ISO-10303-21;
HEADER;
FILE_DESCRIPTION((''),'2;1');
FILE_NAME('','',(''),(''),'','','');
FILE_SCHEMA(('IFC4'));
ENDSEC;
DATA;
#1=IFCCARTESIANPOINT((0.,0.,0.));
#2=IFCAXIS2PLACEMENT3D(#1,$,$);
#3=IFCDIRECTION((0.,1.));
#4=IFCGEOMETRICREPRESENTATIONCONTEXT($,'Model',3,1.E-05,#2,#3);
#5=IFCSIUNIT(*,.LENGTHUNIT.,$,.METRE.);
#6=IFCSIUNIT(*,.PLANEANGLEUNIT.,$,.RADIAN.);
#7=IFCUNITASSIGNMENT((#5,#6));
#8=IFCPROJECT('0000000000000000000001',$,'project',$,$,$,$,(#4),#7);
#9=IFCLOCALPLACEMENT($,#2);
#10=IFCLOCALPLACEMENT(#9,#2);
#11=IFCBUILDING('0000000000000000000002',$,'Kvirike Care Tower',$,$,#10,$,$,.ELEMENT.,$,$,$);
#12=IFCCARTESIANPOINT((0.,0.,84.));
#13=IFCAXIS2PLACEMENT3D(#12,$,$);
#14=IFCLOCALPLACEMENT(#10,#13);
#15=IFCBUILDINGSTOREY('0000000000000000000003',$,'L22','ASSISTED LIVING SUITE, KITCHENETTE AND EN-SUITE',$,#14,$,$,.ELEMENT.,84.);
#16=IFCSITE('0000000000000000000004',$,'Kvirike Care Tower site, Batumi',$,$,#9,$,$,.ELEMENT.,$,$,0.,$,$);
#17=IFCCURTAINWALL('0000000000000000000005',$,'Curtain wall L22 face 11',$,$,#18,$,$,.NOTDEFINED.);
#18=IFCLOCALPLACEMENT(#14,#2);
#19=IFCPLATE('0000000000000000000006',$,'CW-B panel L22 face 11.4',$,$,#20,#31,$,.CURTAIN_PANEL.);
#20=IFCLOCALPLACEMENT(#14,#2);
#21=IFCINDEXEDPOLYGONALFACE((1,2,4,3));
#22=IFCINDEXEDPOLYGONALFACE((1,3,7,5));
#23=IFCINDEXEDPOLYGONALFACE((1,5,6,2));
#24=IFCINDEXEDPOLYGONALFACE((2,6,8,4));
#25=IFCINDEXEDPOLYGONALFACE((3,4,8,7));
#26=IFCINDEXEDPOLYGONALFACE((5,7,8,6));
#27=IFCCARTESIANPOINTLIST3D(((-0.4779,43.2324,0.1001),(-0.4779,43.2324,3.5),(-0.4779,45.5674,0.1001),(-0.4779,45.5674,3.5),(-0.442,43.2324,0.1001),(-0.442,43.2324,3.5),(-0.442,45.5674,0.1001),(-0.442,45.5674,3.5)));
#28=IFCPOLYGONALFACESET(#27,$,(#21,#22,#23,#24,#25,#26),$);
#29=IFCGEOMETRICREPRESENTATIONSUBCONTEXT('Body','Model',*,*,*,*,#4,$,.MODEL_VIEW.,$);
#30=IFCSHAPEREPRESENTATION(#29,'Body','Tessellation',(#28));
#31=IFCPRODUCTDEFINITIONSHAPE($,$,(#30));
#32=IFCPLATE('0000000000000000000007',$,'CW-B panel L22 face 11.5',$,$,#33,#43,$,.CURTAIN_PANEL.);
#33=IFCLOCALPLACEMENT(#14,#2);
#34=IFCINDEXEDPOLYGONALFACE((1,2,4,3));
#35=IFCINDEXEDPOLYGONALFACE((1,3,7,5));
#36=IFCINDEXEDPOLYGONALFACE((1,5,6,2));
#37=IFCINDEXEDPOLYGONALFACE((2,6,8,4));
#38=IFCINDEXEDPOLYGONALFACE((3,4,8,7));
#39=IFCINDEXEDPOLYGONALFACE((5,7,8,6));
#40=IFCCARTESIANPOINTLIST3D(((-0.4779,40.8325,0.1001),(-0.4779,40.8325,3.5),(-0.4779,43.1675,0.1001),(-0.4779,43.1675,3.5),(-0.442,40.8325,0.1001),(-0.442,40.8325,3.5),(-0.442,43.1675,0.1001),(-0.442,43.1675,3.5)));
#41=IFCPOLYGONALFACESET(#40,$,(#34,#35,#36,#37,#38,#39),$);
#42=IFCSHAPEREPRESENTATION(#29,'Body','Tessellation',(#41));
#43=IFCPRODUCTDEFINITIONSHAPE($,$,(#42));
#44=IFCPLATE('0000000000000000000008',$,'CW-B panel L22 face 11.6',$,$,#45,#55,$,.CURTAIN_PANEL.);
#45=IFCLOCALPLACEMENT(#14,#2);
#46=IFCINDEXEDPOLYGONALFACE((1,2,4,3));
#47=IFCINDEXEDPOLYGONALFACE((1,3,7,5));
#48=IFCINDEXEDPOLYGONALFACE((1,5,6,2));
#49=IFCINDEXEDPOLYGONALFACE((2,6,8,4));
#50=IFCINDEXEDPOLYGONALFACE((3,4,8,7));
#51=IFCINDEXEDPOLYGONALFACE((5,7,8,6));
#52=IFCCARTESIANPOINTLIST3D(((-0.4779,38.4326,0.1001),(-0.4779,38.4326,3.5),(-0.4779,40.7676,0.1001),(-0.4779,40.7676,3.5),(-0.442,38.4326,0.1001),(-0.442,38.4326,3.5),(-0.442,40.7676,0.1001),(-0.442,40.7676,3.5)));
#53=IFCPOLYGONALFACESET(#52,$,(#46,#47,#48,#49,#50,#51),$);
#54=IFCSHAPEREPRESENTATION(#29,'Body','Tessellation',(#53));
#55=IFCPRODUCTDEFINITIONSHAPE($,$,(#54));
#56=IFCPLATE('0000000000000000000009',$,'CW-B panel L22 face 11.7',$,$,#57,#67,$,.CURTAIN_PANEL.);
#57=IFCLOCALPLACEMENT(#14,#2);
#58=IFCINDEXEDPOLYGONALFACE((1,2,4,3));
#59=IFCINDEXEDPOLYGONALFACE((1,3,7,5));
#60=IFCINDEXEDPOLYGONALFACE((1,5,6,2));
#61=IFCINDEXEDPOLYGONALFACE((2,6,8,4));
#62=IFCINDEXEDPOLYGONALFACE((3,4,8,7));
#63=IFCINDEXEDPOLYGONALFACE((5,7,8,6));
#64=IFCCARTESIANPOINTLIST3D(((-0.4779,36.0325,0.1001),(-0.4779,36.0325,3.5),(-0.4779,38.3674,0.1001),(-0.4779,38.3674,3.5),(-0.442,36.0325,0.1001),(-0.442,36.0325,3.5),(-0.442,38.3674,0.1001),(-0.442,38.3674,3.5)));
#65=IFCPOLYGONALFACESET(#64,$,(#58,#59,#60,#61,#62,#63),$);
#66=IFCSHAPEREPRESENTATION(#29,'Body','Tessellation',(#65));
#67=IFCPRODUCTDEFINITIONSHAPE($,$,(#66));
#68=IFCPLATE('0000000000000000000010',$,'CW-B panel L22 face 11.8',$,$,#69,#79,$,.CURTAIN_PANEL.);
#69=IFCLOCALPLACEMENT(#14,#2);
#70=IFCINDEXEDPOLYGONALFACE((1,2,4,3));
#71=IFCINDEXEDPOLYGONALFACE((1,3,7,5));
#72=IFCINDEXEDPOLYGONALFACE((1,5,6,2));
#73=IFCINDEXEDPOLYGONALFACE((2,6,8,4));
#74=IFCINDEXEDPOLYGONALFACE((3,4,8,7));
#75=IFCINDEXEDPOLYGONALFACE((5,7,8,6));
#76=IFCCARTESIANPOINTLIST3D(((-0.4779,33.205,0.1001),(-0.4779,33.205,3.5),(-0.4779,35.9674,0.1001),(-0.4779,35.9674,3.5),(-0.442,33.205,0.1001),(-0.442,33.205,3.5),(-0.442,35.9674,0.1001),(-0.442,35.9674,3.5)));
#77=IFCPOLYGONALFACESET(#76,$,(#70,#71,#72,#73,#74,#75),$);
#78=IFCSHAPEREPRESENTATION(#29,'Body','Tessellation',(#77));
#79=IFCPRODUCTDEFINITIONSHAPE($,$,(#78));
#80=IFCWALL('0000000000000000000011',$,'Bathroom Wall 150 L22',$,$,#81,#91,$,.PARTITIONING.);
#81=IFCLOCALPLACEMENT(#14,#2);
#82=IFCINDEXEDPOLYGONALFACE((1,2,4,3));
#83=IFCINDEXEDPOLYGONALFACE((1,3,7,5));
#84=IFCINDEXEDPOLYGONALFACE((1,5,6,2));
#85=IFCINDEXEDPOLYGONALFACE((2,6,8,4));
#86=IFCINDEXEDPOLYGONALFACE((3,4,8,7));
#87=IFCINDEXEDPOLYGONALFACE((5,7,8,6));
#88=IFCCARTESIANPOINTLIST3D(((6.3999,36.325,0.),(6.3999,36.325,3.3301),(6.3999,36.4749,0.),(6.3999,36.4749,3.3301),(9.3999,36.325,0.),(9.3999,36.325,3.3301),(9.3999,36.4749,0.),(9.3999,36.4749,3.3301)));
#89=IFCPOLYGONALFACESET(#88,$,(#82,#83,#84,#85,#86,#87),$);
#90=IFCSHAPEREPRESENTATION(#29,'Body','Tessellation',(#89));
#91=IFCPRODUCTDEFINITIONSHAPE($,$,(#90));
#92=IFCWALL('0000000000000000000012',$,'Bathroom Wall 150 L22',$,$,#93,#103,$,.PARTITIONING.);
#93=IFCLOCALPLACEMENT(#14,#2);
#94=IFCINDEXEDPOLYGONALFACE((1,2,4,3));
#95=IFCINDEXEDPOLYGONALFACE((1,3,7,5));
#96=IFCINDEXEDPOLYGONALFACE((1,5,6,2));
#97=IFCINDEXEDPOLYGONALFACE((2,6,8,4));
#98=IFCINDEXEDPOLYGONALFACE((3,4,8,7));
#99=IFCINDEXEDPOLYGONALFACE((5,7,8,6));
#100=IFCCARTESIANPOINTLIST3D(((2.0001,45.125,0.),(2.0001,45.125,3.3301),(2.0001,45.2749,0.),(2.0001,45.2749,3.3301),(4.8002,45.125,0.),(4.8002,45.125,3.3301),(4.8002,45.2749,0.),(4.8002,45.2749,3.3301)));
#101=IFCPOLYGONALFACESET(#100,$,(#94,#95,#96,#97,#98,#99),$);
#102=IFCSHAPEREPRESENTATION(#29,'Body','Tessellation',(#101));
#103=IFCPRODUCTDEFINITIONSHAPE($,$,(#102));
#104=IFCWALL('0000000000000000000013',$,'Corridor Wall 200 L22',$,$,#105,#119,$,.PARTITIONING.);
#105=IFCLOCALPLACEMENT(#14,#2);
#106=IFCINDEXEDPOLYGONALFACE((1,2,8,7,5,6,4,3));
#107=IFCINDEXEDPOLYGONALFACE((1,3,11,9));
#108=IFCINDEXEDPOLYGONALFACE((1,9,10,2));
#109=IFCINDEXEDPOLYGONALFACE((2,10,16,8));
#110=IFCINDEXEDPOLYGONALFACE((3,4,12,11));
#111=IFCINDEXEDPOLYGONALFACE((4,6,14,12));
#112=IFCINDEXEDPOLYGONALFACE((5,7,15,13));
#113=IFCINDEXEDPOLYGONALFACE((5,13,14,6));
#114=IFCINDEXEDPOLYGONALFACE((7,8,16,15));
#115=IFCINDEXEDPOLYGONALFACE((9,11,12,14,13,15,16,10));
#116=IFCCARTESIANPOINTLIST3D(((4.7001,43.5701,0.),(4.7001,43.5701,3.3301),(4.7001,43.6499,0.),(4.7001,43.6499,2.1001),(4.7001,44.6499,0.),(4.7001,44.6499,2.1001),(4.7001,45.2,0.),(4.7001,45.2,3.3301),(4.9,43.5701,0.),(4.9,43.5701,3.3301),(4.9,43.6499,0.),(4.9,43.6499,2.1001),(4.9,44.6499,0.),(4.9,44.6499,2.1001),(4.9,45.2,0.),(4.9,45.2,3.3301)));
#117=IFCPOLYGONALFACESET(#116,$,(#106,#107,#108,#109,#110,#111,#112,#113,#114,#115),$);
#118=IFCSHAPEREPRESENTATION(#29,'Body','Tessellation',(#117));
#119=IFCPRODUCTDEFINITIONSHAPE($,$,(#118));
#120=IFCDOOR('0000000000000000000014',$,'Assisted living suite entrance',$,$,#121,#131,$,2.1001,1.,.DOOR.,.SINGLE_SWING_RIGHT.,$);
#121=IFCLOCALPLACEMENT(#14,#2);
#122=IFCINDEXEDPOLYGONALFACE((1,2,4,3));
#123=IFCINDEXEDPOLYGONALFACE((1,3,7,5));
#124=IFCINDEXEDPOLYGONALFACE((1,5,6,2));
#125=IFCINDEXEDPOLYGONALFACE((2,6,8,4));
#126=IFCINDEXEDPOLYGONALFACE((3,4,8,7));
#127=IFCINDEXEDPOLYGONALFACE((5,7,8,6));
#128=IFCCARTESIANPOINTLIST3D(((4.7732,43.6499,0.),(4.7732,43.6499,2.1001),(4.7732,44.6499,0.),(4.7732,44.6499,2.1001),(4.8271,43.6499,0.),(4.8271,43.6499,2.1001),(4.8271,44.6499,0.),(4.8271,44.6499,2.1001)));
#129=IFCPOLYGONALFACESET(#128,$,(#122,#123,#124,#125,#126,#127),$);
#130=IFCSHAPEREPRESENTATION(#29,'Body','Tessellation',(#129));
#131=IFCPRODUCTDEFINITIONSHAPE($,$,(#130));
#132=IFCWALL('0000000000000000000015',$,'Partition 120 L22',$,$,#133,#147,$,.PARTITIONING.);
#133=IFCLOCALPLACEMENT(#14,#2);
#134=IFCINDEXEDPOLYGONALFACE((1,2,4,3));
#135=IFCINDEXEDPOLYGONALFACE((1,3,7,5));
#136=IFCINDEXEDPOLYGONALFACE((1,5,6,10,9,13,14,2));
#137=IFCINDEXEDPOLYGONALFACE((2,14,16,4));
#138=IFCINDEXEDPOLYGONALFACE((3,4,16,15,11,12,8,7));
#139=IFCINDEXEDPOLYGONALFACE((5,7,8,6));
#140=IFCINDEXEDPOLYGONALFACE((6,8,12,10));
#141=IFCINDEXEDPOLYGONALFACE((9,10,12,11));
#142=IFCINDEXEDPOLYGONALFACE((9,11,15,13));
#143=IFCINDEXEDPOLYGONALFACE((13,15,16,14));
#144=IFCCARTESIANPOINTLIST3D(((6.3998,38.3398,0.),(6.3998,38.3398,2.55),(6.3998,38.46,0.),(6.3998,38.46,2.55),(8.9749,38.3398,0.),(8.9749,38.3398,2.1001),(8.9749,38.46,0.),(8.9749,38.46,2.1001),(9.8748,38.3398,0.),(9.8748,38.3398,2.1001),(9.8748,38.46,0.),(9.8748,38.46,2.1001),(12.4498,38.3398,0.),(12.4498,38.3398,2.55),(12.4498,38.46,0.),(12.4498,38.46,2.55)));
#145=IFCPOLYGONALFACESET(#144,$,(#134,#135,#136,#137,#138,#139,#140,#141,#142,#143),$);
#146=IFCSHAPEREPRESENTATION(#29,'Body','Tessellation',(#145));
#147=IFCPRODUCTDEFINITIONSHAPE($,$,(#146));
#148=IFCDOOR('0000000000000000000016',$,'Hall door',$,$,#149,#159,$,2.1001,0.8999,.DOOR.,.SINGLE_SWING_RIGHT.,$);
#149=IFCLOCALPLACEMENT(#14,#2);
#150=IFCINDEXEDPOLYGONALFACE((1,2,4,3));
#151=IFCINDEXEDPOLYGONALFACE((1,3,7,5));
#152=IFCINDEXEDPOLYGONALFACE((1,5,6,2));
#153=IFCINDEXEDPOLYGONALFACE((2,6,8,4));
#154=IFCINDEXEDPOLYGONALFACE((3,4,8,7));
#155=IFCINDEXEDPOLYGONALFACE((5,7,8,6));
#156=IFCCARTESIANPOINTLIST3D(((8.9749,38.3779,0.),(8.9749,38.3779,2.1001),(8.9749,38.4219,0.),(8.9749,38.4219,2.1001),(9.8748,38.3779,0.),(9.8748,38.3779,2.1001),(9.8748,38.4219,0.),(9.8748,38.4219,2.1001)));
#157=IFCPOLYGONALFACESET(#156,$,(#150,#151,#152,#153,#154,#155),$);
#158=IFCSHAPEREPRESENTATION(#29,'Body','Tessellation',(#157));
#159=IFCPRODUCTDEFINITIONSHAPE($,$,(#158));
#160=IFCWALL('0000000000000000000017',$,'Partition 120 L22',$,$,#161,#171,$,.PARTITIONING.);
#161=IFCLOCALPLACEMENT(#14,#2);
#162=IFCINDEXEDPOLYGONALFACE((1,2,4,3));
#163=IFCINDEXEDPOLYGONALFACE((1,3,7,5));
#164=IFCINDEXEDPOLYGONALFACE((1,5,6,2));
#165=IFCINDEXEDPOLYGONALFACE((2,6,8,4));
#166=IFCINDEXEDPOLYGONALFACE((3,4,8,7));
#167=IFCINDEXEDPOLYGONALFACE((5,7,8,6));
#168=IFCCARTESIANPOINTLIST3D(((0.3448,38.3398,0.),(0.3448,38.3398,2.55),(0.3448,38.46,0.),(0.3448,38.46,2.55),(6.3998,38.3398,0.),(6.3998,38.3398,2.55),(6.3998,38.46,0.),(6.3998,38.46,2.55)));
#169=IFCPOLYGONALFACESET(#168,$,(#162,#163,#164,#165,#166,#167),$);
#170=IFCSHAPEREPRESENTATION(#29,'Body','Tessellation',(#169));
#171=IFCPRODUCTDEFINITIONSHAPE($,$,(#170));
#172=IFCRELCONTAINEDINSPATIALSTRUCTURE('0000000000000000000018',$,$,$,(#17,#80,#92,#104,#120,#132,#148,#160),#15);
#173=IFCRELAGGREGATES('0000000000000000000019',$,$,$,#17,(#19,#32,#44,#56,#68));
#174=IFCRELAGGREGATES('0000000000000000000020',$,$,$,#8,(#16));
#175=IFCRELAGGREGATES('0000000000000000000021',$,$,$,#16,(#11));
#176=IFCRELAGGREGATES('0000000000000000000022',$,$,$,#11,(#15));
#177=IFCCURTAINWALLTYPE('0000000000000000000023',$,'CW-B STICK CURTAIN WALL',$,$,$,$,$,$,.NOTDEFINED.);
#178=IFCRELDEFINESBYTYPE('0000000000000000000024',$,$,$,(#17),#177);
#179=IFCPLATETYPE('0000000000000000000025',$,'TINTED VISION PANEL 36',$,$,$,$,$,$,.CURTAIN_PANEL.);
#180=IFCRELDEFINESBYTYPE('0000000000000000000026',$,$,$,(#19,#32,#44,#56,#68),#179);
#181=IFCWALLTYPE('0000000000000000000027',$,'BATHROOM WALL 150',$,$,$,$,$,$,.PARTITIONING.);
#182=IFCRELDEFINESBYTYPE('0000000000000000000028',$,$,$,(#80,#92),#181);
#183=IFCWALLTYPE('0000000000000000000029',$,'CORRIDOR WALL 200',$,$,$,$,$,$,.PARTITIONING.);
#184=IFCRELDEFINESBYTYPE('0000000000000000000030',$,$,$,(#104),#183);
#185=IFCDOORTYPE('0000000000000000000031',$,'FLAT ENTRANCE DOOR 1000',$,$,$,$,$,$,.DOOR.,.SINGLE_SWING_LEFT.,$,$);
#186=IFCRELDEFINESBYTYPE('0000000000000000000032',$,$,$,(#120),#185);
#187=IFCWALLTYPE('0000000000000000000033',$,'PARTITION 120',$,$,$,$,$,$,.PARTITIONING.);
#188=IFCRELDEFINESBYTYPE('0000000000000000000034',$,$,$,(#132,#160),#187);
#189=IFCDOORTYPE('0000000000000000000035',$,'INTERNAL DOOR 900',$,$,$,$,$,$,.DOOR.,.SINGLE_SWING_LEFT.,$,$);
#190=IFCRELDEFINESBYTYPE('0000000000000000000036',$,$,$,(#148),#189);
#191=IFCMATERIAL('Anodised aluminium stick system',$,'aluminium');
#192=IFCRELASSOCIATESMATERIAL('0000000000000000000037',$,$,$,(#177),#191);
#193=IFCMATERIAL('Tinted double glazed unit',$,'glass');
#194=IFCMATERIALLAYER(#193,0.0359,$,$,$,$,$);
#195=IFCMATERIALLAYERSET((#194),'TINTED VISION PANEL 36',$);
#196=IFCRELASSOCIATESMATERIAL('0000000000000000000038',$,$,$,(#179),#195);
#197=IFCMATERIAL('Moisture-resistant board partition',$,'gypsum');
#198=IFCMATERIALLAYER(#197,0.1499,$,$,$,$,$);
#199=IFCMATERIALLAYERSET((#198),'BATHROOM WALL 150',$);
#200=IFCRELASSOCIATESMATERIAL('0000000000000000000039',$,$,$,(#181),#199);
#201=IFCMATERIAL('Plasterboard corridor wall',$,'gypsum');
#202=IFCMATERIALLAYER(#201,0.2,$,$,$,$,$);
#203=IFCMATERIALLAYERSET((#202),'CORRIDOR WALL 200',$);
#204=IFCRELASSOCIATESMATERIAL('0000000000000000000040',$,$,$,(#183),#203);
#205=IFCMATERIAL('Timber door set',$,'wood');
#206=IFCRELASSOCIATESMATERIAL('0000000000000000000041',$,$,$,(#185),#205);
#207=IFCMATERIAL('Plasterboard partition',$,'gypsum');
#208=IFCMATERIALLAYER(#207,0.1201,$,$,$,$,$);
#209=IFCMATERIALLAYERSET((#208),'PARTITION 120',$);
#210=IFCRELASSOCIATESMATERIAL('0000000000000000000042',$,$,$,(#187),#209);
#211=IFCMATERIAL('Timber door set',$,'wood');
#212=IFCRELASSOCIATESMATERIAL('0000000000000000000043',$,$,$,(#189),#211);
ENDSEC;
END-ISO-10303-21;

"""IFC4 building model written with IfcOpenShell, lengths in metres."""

from ifc_helpers import new_model, si_unit, direction, frame, frame_2d, origin, origin_2d, place, context, subcontext, project, spatial, rectangle, extrude, material, layer, layer_set, type_object, element, fill, aggregate, save


model = new_model("IFC4")

# Units and contexts
model_context = context("Model", 3, precision=1e-05, world=origin(), true_north=direction((0.0, 1.0)))
body_context = subcontext(model_context, "Body", "Model", "MODEL_VIEW")
ifc_project = project(units=[si_unit("LENGTHUNIT", "METRE"), si_unit("PLANEANGLEUNIT", "RADIAN")], contexts=[model_context])

# Site, building, storey
site_placement = place(None, origin())
site = spatial("IfcSite", under=ifc_project, at=site_placement, Name="Kvirike Care Tower site, Batumi", CompositionType="ELEMENT", RefElevation=0.0)
building_placement = place(site_placement, origin())
building = spatial("IfcBuilding", under=site, at=building_placement, Name="Kvirike Care Tower", CompositionType="ELEMENT")
storey_placement = place(building_placement, frame((0.0, 0.0, 84.0)))
storey = spatial("IfcBuildingStorey", under=building, at=storey_placement, Name="L22", Description="ASSISTED LIVING SUITE, KITCHENETTE AND EN-SUITE", CompositionType="ELEMENT", Elevation=84.0)

# Curtain wall
ifc_material_1 = material(Name="Anodised aluminium stick system", Category="aluminium")
curtain_wall_type = type_object("IfcCurtainWallType", Name="CW-B STICK CURTAIN WALL", PredefinedType="NOTDEFINED", material=ifc_material_1)
curtain_wall_placement = place(storey_placement, origin())
curtain_wall = element("IfcCurtainWall", 1, at=curtain_wall_placement, inside=storey, type_object=curtain_wall_type, Name="Curtain wall L22 face 11", PredefinedType="NOTDEFINED")

# Plates
ifc_material_2 = material(Name="Tinted double glazed unit", Category="glass")
ifc_layer_1 = layer(ifc_material_2, 0.0359)
ifc_layer_set_1 = layer_set([ifc_layer_1], Name="TINTED VISION PANEL 36")
plate_type = type_object("IfcPlateType", Name="TINTED VISION PANEL 36", PredefinedType="CURTAIN_PANEL", material=ifc_layer_set_1)
plate_1_placement = place(storey_placement, frame((-0.46, 44.3999, 0.1001), z_axis=(0.0, 0.0, 1.0), x_axis=(0.0, -1.0, 0.0)))
plate_1 = element("IfcPlate", 2, at=plate_1_placement, type_object=plate_type, Name="CW-B panel L22 face 11.4", PredefinedType="CURTAIN_PANEL", context=body_context, shape_type="SweptSolid", body=[
    extrude(rectangle(XDim=2.335, YDim=0.0359, at=origin_2d()), origin(), (0.0, 0.0, 1.0), 3.3999),
])
plate_2_placement = place(storey_placement, frame((-0.46, 42.0, 0.1001), z_axis=(0.0, 0.0, 1.0), x_axis=(0.0, -1.0, 0.0)))
plate_2 = element("IfcPlate", 3, at=plate_2_placement, type_object=plate_type, Name="CW-B panel L22 face 11.5", PredefinedType="CURTAIN_PANEL", context=body_context, shape_type="SweptSolid", body=[
    extrude(rectangle(XDim=2.335, YDim=0.0359, at=origin_2d()), origin(), (0.0, 0.0, 1.0), 3.3999),
])
plate_3_placement = place(storey_placement, frame((-0.46, 39.6001, 0.1001), z_axis=(0.0, 0.0, 1.0), x_axis=(0.0, -1.0, 0.0)))
plate_3 = element("IfcPlate", 4, at=plate_3_placement, type_object=plate_type, Name="CW-B panel L22 face 11.6", PredefinedType="CURTAIN_PANEL", context=body_context, shape_type="SweptSolid", body=[
    extrude(rectangle(XDim=2.335, YDim=0.0359, at=origin_2d()), origin(), (0.0, 0.0, 1.0), 3.3999),
])
plate_4_placement = place(storey_placement, frame((-0.46, 37.2, 0.1001), z_axis=(0.0, 0.0, 1.0), x_axis=(0.0, -1.0, 0.0)))
plate_4 = element("IfcPlate", 5, at=plate_4_placement, type_object=plate_type, Name="CW-B panel L22 face 11.7", PredefinedType="CURTAIN_PANEL", context=body_context, shape_type="SweptSolid", body=[
    extrude(rectangle(XDim=2.335, YDim=0.0359, at=origin_2d()), origin(), (0.0, 0.0, 1.0), 3.3999),
])
plate_5_placement = place(storey_placement, frame((-0.46, 34.5862, 0.1001), z_axis=(0.0, 0.0, 1.0), x_axis=(0.0, -1.0, 0.0)))
plate_5 = element("IfcPlate", 6, at=plate_5_placement, type_object=plate_type, Name="CW-B panel L22 face 11.8", PredefinedType="CURTAIN_PANEL", context=body_context, shape_type="SweptSolid", body=[
    extrude(rectangle(XDim=2.7625, YDim=0.0359, at=origin_2d()), origin(), (0.0, 0.0, 1.0), 3.3999),
])
aggregate(curtain_wall, [plate_1, plate_2, plate_3, plate_4, plate_5])

# Walls
ifc_material_3 = material(Name="Moisture-resistant board partition", Category="gypsum")
ifc_layer_2 = layer(ifc_material_3, 0.1499)
ifc_layer_set_2 = layer_set([ifc_layer_2], Name="BATHROOM WALL 150")
wall_type_1 = type_object("IfcWallType", Name="BATHROOM WALL 150", PredefinedType="PARTITIONING", material=ifc_layer_set_2)
wall_1_placement = place(storey_placement, frame((6.3999, 36.3999, 0.0), z_axis=(0.0, 0.0, 1.0), x_axis=(1.0, 0.0, 0.0)))
element("IfcWall", 7, at=wall_1_placement, inside=storey, type_object=wall_type_1, Name="Bathroom Wall 150 L22", PredefinedType="PARTITIONING", context=body_context, shape_type="SweptSolid", body=[
    extrude(rectangle(XDim=3.0, YDim=0.1499, at=frame_2d((1.5, 0.0))), origin(), (0.0, 0.0, 1.0), 3.3301),
])
wall_2_placement = place(storey_placement, frame((4.8, 45.2, 0.0), z_axis=(0.0, 0.0, 1.0), x_axis=(-1.0, 0.0, 0.0)))
element("IfcWall", 8, at=wall_2_placement, inside=storey, type_object=wall_type_1, Name="Bathroom Wall 150 L22", PredefinedType="PARTITIONING", context=body_context, shape_type="SweptSolid", body=[
    extrude(rectangle(XDim=2.8, YDim=0.1499, at=frame_2d((1.3999, 0.0))), origin(), (0.0, 0.0, 1.0), 3.3301),
])

# Walls, openings, doors
ifc_material_4 = material(Name="Plasterboard corridor wall", Category="gypsum")
ifc_layer_3 = layer(ifc_material_4, 0.2)
ifc_layer_set_3 = layer_set([ifc_layer_3], Name="CORRIDOR WALL 200")
wall_type_2 = type_object("IfcWallType", Name="CORRIDOR WALL 200", PredefinedType="PARTITIONING", material=ifc_layer_set_3)
wall_3_placement = place(storey_placement, frame((4.8, 45.2, 0.0), z_axis=(0.0, 0.0, 1.0), x_axis=(0.0, -1.0, 0.0)))
wall_3 = element("IfcWall", 9, at=wall_3_placement, inside=storey, type_object=wall_type_2, Name="Corridor Wall 200 L22", PredefinedType="PARTITIONING", context=body_context, shape_type="SweptSolid", body=[
    extrude(rectangle(XDim=1.6299, YDim=0.2, at=frame_2d((0.8149, 0.0))), origin(), (0.0, 0.0, 1.0), 3.3301),
])
opening_1_placement = place(wall_3_placement, frame((0.55, 0.0, 0.0)))
opening_1 = element("IfcOpeningElement", 10, at=opening_1_placement, cuts=wall_3, PredefinedType="OPENING", context=body_context, shape_type="SweptSolid", body=[
    extrude(rectangle(XDim=1.0, YDim=2.1001, at=frame_2d((0.5, 1.05))), frame((0.0, 0.1106, 0.0), z_axis=(0.0, -1.0, 0.0), x_axis=(1.0, 0.0, 0.0)), (0.0, 0.0, 1.0), 0.2209),
])
ifc_material_5 = material(Name="Timber door set", Category="wood")
door_type_1 = type_object("IfcDoorType", Name="FLAT ENTRANCE DOOR 1000", OperationType="SINGLE_SWING_LEFT", PredefinedType="DOOR", material=ifc_material_5)
door_1_placement = place(opening_1_placement, frame((1.0, 0.0, 0.0), z_axis=(0.0, 0.0, 1.0), x_axis=(-1.0, 0.0, 0.0)))
door_1 = element("IfcDoor", 11, at=door_1_placement, inside=storey, type_object=door_type_1, Name="Assisted living suite entrance", OperationType="SINGLE_SWING_RIGHT", OverallHeight=2.1001, OverallWidth=1.0, PredefinedType="DOOR", context=body_context, shape_type="SweptSolid", body=[
    extrude(rectangle(XDim=1.0, YDim=2.1001, at=frame_2d((0.5, 1.05))), frame((0.0, 0.0269, 0.0), z_axis=(0.0, -1.0, 0.0), x_axis=(1.0, 0.0, 0.0)), (0.0, 0.0, 1.0), 0.054),
])
fill(opening_1, door_1)
ifc_material_6 = material(Name="Plasterboard partition", Category="gypsum")
ifc_layer_4 = layer(ifc_material_6, 0.1201)
ifc_layer_set_4 = layer_set([ifc_layer_4], Name="PARTITION 120")
wall_type_3 = type_object("IfcWallType", Name="PARTITION 120", PredefinedType="PARTITIONING", material=ifc_layer_set_4)
wall_4_placement = place(storey_placement, frame((6.3999, 38.3999, 0.0), z_axis=(0.0, 0.0, 1.0), x_axis=(1.0, 0.0, 0.0)))
wall_4 = element("IfcWall", 12, at=wall_4_placement, inside=storey, type_object=wall_type_3, Name="Partition 120 L22", PredefinedType="PARTITIONING", context=body_context, shape_type="SweptSolid", body=[
    extrude(rectangle(XDim=6.05, YDim=0.1201, at=frame_2d((3.0249, 0.0))), origin(), (0.0, 0.0, 1.0), 2.55),
])
opening_2_placement = place(wall_4_placement, frame((2.575, 0.0, 0.0)))
opening_2 = element("IfcOpeningElement", 13, at=opening_2_placement, cuts=wall_4, PredefinedType="OPENING", context=body_context, shape_type="SweptSolid", body=[
    extrude(rectangle(XDim=0.8999, YDim=2.1001, at=frame_2d((0.45, 1.05))), frame((0.0, 0.0706, 0.0), z_axis=(0.0, -1.0, 0.0), x_axis=(1.0, 0.0, 0.0)), (0.0, 0.0, 1.0), 0.1411),
])
ifc_material_7 = material(Name="Timber door set", Category="wood")
door_type_2 = type_object("IfcDoorType", Name="INTERNAL DOOR 900", OperationType="SINGLE_SWING_LEFT", PredefinedType="DOOR", material=ifc_material_7)
door_2_placement = place(opening_2_placement, origin())
door_2 = element("IfcDoor", 14, at=door_2_placement, inside=storey, type_object=door_type_2, Name="Hall door", OperationType="SINGLE_SWING_RIGHT", OverallHeight=2.1001, OverallWidth=0.8999, PredefinedType="DOOR", context=body_context, shape_type="SweptSolid", body=[
    extrude(rectangle(XDim=0.8999, YDim=2.1001, at=frame_2d((0.45, 1.05))), frame((0.0, 0.022, 0.0), z_axis=(0.0, -1.0, 0.0), x_axis=(1.0, 0.0, 0.0)), (0.0, 0.0, 1.0), 0.0439),
])
fill(opening_2, door_2)

# Wall
wall_5_placement = place(storey_placement, frame((0.345, 38.3999, 0.0), z_axis=(0.0, 0.0, 1.0), x_axis=(1.0, 0.0, 0.0)))
element("IfcWall", 15, at=wall_5_placement, inside=storey, type_object=wall_type_3, Name="Partition 120 L22", PredefinedType="PARTITIONING", context=body_context, shape_type="SweptSolid", body=[
    extrude(rectangle(XDim=6.0549, YDim=0.1201, at=frame_2d((3.0273, 0.0))), origin(), (0.0, 0.0, 1.0), 2.55),
])

save(model, "model.ifc")
